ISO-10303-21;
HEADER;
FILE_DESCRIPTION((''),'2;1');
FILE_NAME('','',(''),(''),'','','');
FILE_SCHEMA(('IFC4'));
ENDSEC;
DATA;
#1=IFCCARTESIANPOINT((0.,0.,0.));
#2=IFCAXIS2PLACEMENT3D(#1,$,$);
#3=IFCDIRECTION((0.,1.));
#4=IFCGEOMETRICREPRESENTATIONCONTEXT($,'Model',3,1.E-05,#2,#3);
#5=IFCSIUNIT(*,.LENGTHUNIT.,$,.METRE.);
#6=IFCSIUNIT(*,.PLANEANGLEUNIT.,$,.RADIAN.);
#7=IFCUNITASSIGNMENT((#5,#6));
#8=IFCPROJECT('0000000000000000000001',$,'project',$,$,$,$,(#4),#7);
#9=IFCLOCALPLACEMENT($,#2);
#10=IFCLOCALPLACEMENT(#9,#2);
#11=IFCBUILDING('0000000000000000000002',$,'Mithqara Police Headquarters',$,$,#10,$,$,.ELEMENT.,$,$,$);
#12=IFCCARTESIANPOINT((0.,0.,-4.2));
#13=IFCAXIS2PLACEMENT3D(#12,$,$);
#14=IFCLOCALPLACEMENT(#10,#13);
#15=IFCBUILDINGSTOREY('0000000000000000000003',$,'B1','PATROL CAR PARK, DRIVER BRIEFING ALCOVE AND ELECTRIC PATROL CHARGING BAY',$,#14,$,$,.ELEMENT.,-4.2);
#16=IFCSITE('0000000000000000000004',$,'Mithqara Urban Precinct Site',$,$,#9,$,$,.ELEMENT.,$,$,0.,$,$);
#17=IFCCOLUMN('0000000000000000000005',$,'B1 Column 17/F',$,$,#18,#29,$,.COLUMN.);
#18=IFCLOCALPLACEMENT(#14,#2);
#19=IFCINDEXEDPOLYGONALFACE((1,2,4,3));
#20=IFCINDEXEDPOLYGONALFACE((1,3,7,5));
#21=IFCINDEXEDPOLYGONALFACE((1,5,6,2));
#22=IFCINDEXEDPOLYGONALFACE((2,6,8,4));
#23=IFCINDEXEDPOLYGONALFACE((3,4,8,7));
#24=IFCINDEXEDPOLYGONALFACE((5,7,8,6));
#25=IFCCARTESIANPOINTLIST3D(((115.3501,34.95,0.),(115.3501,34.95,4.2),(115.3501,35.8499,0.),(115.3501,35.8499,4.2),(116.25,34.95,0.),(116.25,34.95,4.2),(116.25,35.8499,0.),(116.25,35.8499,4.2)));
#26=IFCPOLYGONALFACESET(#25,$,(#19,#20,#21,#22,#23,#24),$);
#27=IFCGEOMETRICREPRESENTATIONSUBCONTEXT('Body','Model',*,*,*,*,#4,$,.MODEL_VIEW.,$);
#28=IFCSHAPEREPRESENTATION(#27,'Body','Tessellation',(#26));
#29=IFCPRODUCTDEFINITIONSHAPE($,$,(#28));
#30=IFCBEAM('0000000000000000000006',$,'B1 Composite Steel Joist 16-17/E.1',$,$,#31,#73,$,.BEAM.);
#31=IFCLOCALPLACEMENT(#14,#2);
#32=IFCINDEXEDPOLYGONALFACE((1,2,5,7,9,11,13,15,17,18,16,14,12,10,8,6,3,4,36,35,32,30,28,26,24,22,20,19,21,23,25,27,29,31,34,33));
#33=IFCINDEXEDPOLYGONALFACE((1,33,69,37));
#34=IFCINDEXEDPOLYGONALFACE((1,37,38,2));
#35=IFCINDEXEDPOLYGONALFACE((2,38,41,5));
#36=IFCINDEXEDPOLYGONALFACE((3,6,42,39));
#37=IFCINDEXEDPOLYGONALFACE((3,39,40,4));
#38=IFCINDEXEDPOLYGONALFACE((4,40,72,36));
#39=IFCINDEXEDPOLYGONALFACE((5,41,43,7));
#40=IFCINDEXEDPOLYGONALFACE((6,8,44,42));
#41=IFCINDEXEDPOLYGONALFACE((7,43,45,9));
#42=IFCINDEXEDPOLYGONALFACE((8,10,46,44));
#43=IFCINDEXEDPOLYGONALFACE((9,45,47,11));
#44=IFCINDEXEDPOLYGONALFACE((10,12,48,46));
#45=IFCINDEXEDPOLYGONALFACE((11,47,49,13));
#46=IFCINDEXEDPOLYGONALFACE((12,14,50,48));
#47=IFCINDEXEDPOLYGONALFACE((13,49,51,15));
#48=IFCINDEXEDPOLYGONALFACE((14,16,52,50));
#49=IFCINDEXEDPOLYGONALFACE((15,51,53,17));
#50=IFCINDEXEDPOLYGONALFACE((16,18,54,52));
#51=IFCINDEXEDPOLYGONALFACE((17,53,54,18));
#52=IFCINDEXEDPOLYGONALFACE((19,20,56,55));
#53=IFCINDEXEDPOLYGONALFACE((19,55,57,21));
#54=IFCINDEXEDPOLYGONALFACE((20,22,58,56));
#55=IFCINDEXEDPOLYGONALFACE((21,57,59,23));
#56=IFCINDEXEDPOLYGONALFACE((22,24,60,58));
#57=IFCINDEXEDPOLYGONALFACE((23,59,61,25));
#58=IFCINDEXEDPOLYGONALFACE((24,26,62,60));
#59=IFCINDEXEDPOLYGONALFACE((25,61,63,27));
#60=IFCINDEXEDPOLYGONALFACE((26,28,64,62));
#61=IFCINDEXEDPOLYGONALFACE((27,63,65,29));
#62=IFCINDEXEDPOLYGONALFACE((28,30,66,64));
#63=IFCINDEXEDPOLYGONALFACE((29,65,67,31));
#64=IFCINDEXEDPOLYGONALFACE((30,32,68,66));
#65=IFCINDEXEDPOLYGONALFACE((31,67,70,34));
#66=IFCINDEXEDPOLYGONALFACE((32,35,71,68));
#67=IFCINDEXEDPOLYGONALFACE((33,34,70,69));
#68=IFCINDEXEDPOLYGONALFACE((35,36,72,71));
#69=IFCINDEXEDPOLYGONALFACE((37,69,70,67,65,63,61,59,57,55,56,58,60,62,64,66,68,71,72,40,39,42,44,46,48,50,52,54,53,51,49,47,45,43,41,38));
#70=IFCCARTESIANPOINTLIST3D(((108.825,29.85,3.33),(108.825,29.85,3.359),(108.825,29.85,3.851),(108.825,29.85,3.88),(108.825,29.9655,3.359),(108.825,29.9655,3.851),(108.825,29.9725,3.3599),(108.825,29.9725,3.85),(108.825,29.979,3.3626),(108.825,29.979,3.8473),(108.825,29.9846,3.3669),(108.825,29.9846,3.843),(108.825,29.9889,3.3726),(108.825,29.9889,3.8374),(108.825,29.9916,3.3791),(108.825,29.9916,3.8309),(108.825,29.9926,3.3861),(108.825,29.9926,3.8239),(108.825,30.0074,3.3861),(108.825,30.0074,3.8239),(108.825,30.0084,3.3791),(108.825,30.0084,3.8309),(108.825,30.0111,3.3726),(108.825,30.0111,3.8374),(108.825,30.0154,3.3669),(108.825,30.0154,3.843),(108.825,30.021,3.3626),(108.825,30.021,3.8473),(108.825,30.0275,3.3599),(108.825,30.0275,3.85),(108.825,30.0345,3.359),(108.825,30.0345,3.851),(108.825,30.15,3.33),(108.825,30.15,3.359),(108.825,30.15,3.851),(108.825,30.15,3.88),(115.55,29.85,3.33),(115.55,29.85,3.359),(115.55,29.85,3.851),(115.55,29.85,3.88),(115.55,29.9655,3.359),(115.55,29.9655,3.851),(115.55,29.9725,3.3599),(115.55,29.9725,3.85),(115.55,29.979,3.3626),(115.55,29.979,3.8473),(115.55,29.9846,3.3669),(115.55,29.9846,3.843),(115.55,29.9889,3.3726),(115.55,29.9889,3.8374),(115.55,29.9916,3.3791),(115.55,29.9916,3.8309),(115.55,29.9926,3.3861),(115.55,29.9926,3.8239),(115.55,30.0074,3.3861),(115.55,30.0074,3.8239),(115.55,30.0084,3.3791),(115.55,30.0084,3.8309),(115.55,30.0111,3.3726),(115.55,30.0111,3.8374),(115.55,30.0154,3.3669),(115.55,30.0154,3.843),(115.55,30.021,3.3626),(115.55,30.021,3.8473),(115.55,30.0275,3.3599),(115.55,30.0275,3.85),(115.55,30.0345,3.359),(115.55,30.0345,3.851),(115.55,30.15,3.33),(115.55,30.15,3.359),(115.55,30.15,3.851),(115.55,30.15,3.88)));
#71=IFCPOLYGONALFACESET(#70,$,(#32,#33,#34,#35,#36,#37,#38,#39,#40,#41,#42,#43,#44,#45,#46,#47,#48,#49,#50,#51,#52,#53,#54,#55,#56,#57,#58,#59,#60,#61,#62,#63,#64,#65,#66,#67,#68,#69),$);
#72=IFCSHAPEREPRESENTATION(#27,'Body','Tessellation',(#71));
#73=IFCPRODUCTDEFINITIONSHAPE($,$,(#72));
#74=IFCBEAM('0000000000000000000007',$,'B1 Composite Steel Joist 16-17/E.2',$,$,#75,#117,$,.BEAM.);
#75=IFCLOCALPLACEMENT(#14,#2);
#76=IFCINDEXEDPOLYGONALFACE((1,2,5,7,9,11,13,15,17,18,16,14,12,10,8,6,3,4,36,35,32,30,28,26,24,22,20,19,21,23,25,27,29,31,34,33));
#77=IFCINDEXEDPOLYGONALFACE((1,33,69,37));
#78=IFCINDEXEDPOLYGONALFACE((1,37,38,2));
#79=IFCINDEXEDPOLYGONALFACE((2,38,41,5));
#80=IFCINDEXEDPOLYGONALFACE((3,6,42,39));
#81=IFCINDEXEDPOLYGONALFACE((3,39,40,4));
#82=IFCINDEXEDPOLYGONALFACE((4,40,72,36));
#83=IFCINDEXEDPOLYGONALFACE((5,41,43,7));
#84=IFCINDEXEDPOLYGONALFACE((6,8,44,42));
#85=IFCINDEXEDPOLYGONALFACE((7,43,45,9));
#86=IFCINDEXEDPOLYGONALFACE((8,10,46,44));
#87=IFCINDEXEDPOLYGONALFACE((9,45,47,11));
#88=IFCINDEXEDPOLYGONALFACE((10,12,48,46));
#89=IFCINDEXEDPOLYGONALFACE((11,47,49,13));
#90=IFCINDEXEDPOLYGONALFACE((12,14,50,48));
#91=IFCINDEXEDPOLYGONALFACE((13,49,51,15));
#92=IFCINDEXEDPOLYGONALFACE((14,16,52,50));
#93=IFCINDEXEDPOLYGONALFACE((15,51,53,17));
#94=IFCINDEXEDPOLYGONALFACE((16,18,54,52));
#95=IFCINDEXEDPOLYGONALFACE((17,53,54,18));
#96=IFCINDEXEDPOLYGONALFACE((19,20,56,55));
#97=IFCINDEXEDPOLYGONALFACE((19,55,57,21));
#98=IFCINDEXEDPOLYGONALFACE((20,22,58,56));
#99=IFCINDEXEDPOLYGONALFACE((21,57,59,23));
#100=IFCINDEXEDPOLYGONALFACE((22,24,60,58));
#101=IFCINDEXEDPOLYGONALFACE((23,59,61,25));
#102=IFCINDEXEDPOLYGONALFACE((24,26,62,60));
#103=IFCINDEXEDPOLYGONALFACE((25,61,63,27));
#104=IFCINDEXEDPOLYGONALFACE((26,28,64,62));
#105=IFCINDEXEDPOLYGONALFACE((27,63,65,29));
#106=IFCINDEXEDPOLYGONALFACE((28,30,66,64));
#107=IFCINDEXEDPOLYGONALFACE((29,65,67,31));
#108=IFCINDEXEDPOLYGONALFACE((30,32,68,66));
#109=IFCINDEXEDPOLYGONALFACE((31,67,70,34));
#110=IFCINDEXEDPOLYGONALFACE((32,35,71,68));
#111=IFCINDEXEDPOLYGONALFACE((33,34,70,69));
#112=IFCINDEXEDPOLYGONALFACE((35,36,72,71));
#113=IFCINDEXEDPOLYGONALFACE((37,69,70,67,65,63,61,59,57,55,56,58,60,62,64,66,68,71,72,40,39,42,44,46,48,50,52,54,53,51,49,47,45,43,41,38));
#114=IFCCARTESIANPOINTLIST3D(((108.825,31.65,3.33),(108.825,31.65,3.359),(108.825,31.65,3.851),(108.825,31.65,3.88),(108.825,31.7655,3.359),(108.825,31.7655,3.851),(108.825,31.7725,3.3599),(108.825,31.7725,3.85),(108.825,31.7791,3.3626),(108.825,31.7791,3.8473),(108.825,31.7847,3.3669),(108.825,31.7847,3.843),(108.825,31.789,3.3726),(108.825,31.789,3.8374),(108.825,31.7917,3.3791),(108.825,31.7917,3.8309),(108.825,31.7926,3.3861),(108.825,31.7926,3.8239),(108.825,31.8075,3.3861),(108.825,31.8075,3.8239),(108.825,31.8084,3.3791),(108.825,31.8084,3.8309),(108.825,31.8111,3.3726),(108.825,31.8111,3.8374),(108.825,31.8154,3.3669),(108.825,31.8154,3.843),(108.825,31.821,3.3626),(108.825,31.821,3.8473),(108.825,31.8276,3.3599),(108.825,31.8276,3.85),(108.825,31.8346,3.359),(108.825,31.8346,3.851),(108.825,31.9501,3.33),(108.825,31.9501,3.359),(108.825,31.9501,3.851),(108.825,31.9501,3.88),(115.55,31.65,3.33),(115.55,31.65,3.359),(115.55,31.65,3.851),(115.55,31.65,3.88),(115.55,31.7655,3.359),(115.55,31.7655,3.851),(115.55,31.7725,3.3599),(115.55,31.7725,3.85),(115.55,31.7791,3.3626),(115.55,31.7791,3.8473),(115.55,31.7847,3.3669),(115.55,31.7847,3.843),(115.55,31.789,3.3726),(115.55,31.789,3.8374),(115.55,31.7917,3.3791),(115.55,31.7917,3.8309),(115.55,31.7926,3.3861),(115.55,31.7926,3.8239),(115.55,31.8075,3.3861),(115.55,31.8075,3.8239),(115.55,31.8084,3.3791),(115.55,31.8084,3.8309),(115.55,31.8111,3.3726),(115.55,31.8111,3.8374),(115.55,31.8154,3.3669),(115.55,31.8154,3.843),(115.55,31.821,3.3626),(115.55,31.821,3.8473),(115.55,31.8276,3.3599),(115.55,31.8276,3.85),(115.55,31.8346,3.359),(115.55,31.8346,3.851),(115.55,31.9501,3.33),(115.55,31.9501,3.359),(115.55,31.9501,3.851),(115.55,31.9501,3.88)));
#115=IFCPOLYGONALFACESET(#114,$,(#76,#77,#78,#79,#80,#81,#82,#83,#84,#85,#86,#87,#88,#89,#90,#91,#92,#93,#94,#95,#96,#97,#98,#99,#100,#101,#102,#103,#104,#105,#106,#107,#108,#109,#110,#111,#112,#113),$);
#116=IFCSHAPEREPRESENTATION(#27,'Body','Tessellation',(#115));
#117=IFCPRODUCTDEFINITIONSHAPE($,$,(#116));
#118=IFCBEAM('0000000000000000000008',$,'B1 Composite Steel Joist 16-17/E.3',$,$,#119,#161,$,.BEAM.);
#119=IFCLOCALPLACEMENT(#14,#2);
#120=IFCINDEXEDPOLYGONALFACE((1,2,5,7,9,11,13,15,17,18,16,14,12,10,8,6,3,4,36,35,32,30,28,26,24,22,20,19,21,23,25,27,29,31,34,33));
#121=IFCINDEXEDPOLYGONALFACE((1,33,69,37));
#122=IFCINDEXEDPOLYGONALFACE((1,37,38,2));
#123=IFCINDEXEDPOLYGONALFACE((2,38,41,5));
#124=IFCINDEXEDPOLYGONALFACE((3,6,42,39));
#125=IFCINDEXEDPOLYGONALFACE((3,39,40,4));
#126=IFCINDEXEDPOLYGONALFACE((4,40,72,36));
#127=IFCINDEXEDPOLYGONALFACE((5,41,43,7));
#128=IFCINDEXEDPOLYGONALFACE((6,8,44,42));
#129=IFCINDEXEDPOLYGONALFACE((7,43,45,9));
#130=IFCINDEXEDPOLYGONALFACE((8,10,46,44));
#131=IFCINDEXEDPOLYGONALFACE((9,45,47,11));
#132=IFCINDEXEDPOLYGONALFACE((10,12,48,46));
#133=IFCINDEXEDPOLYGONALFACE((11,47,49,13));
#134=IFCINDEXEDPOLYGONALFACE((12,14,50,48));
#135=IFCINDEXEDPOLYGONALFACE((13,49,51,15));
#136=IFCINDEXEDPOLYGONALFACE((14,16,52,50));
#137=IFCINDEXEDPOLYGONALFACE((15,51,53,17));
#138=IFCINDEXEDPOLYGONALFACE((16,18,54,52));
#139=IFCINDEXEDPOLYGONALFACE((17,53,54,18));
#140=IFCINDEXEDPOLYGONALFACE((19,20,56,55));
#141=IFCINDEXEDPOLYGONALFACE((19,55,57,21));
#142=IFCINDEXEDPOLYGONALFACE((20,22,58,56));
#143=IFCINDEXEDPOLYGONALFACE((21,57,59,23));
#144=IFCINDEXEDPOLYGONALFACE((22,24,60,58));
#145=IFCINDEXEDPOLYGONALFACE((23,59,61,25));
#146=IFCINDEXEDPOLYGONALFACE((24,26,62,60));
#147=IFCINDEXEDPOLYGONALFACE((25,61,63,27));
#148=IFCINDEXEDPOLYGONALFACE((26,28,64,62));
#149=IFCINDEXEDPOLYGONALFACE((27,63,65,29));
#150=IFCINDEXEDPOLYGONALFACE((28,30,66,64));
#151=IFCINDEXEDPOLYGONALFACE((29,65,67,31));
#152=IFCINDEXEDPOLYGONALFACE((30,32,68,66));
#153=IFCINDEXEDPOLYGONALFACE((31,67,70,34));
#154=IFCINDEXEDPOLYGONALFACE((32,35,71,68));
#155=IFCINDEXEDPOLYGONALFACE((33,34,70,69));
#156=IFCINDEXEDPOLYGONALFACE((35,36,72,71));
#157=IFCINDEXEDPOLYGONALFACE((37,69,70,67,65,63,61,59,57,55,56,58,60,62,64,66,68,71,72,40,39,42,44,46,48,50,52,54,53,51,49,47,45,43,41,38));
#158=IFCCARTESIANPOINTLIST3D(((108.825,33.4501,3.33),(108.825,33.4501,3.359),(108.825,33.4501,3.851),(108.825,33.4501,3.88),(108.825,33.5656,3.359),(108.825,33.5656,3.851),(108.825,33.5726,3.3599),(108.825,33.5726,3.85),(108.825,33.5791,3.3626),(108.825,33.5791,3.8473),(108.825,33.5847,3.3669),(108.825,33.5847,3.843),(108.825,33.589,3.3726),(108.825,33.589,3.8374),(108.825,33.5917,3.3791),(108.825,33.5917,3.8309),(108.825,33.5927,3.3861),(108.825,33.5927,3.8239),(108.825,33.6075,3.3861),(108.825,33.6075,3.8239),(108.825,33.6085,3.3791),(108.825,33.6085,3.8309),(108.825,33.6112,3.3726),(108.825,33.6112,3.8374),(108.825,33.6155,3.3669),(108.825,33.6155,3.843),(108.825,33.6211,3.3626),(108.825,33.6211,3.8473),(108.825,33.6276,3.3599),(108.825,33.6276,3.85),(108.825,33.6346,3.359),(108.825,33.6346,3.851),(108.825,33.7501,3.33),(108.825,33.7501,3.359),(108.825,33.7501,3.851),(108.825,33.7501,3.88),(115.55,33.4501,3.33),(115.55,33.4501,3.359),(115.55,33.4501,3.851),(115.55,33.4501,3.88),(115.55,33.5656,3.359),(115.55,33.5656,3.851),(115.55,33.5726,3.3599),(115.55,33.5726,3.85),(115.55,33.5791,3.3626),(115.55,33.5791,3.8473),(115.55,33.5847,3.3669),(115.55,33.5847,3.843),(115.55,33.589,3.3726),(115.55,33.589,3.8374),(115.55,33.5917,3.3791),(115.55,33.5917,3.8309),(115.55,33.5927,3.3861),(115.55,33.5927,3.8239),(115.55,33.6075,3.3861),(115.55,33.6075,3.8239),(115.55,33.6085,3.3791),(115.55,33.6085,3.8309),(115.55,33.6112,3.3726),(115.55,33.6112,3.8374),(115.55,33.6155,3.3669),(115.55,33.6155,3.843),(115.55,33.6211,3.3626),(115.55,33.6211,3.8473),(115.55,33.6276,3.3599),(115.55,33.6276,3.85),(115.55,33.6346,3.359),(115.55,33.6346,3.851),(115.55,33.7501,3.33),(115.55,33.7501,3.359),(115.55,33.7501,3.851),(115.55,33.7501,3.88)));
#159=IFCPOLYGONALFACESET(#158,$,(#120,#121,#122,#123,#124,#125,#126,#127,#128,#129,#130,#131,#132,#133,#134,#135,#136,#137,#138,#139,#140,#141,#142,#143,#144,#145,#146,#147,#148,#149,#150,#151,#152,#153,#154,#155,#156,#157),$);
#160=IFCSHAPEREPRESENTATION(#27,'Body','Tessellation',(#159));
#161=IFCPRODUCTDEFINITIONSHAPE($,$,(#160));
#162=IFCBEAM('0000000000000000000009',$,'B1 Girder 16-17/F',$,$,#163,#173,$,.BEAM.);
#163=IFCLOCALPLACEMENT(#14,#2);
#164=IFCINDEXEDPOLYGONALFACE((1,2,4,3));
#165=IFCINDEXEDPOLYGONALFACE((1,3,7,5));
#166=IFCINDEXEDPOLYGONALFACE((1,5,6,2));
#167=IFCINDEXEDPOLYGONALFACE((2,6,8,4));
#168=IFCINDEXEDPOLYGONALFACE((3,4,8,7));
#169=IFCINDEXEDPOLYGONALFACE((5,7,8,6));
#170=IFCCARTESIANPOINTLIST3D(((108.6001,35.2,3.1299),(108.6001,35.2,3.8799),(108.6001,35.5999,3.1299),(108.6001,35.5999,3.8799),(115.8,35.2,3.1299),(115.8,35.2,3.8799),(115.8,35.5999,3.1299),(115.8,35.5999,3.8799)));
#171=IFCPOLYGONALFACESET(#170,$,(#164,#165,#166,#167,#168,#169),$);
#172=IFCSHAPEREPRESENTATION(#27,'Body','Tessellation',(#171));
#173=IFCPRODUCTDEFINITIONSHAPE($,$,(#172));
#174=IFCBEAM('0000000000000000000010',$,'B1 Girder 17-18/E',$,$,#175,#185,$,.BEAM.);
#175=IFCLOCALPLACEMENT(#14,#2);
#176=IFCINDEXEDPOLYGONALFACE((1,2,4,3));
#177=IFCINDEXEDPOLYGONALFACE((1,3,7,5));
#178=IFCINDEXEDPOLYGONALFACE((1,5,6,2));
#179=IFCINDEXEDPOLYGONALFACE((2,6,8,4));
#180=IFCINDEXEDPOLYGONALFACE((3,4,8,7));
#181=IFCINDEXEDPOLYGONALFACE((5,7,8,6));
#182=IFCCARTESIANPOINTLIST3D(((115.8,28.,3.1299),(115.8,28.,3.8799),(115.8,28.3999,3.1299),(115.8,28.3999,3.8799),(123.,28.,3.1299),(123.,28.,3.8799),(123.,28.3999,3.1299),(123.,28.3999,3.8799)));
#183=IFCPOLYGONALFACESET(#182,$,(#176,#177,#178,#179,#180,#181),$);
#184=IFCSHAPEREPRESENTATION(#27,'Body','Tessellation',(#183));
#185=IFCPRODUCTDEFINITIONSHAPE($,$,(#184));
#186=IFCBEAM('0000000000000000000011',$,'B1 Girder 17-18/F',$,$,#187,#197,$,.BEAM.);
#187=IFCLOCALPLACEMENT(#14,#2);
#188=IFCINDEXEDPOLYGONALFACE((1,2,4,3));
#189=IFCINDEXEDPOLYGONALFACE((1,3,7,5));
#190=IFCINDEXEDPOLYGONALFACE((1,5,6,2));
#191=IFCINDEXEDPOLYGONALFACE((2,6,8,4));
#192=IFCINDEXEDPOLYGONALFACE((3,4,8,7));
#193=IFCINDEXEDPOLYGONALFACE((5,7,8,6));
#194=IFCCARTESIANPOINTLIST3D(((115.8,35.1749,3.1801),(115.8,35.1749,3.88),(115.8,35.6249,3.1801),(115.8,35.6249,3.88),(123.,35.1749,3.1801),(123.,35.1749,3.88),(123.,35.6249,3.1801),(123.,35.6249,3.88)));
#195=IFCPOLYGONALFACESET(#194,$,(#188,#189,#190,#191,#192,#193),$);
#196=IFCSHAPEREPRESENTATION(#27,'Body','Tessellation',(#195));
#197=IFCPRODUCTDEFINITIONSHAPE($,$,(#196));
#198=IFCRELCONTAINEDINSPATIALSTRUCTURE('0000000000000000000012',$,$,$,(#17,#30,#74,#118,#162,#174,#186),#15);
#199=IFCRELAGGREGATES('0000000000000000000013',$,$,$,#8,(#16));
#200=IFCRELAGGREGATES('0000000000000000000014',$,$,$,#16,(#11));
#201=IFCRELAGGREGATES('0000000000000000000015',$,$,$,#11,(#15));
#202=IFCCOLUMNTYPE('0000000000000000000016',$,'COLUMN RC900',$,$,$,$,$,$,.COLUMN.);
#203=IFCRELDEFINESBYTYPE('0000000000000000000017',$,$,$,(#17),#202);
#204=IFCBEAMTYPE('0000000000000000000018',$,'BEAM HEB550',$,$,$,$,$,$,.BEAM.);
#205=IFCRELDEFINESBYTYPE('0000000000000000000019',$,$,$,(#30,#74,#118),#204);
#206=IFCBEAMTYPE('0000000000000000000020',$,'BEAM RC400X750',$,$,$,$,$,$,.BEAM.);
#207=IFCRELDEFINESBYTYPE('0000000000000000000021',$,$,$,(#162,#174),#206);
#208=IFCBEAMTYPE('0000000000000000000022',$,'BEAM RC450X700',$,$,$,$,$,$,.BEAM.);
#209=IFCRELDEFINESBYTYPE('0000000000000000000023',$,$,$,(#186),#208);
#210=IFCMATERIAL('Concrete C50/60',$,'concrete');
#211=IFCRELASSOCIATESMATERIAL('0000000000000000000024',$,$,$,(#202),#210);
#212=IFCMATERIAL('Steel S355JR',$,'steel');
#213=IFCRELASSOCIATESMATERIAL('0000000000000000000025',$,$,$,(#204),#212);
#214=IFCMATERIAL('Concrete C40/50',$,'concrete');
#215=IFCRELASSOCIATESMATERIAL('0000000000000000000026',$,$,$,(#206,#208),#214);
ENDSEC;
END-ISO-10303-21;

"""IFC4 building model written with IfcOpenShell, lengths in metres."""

from ifc_helpers import new_model, si_unit, direction, frame, origin, origin_2d, place, context, subcontext, project, spatial, rectangle, i_section, extrude, material, material_profile, profile_set, type_object, element, save


model = new_model("IFC4")

# Units and contexts
model_context = context("Model", 3, precision=1e-05, world=origin(), true_north=direction((0.0, 1.0)))
body_context = subcontext(model_context, "Body", "Model", "MODEL_VIEW")
ifc_project = project(units=[si_unit("LENGTHUNIT", "METRE"), si_unit("PLANEANGLEUNIT", "RADIAN")], contexts=[model_context])

# Site, building, storey
site_placement = place(None, origin())
site = spatial("IfcSite", under=ifc_project, at=site_placement, Name="Mithqara Urban Precinct Site", CompositionType="ELEMENT", RefElevation=0.0)
building_placement = place(site_placement, origin())
building = spatial("IfcBuilding", under=site, at=building_placement, Name="Mithqara Police Headquarters", CompositionType="ELEMENT")
storey_placement = place(building_placement, frame((0.0, 0.0, -4.2)))
storey = spatial("IfcBuildingStorey", under=building, at=storey_placement, Name="B1", Description="PATROL CAR PARK, DRIVER BRIEFING ALCOVE AND ELECTRIC PATROL CHARGING BAY", CompositionType="ELEMENT", Elevation=-4.2)

# Shared definitions
ifc_material_1 = material(Name="Concrete C40/50", Category="concrete")

# Column
ifc_material_2 = material(Name="Concrete C50/60", Category="concrete")
ifc_material_profile_1 = material_profile(ifc_material_2, rectangle(XDim=0.8999, YDim=0.8999, at=origin_2d()), Name="RC 900x900")
ifc_profile_set_1 = profile_set([ifc_material_profile_1], Name="Concrete C50/60")
column_type_1 = type_object("IfcColumnType", Name="COLUMN RC900", PredefinedType="COLUMN", material=ifc_profile_set_1)
column_placement = place(storey_placement, frame((115.8, 35.3999, 0.0), z_axis=(0.0, 0.0, 1.0), x_axis=(1.0, 0.0, 0.0)))
element("IfcColumn", 1, at=column_placement, inside=storey, type_object=column_type_1, Name="B1 Column 17/F", PredefinedType="COLUMN", context=body_context, shape_type="SweptSolid", body=[
    extrude(rectangle(XDim=0.8999, YDim=0.8999, at=origin_2d()), origin(), (0.0, 0.0, 1.0), 4.2),
])

# Beams
ifc_material_3 = material(Name="Steel S355JR", Category="steel")
ifc_material_profile_2 = material_profile(ifc_material_3, i_section(OverallWidth=0.3, OverallDepth=0.55, WebThickness=0.0149, FlangeThickness=0.0291, FilletRadius=0.0271, at=origin_2d()), Name="HEB 550")
ifc_profile_set_2 = profile_set([ifc_material_profile_2], Name="Steel S355JR")
beam_type_1 = type_object("IfcBeamType", Name="BEAM HEB550", PredefinedType="BEAM", material=ifc_profile_set_2)
for number, where, z_axis, x_axis, name in (
    (2, (108.825, 30.0, 3.605), (1.0, 0.0, 0.0), (0.0, 1.0, 0.0), "B1 Composite Steel Joist 16-17/E.1"),
    (3, (108.825, 31.8, 3.605), (1.0, 0.0, 0.0), (0.0, 1.0, 0.0), "B1 Composite Steel Joist 16-17/E.2"),
    (4, (108.825, 33.6001, 3.605), (1.0, 0.0, 0.0), (0.0, 1.0, 0.0), "B1 Composite Steel Joist 16-17/E.3"),
):
    element("IfcBeam", number, at=place(storey_placement, frame(where, z_axis=z_axis, x_axis=x_axis)), inside=storey, type_object=beam_type_1, Name=name, PredefinedType="BEAM", context=body_context, shape_type="SweptSolid", body=[
        extrude(i_section(OverallWidth=0.3, OverallDepth=0.55, WebThickness=0.0149, FlangeThickness=0.0291, FilletRadius=0.0271, at=origin_2d()), origin(), (0.0, 0.0, 1.0), 6.7251),
    ])
ifc_material_profile_3 = material_profile(ifc_material_1, rectangle(XDim=0.3999, YDim=0.75, at=origin_2d()), Name="RC 400x750")
ifc_profile_set_3 = profile_set([ifc_material_profile_3], Name="Concrete C40/50")
beam_type_2 = type_object("IfcBeamType", Name="BEAM RC400X750", PredefinedType="BEAM", material=ifc_profile_set_3)
for number, where, z_axis, x_axis, name in (
    (5, (108.6001, 35.3999, 3.5049), (1.0, 0.0, 0.0), (0.0, 1.0, 0.0), "B1 Girder 16-17/F"),
    (6, (115.8, 28.2, 3.5049), (1.0, 0.0, 0.0), (0.0, 1.0, 0.0), "B1 Girder 17-18/E"),
):
    element("IfcBeam", number, at=place(storey_placement, frame(where, z_axis=z_axis, x_axis=x_axis)), inside=storey, type_object=beam_type_2, Name=name, PredefinedType="BEAM", context=body_context, shape_type="SweptSolid", body=[
        extrude(rectangle(XDim=0.3999, YDim=0.75, at=origin_2d()), origin(), (0.0, 0.0, 1.0), 7.2),
    ])
ifc_material_profile_4 = material_profile(ifc_material_1, rectangle(XDim=0.45, YDim=0.7, at=origin_2d()), Name="RC 450x700")
ifc_profile_set_4 = profile_set([ifc_material_profile_4], Name="Concrete C40/50")
beam_type_3 = type_object("IfcBeamType", Name="BEAM RC450X700", PredefinedType="BEAM", material=ifc_profile_set_4)
beam_1_placement = place(storey_placement, frame((115.8, 35.3999, 3.53), z_axis=(1.0, 0.0, 0.0), x_axis=(0.0, 1.0, 0.0)))
element("IfcBeam", 7, at=beam_1_placement, inside=storey, type_object=beam_type_3, Name="B1 Girder 17-18/F", PredefinedType="BEAM", context=body_context, shape_type="SweptSolid", body=[
    extrude(rectangle(XDim=0.45, YDim=0.7, at=origin_2d()), origin(), (0.0, 0.0, 1.0), 7.2),
])

save(model, "model.ifc")
